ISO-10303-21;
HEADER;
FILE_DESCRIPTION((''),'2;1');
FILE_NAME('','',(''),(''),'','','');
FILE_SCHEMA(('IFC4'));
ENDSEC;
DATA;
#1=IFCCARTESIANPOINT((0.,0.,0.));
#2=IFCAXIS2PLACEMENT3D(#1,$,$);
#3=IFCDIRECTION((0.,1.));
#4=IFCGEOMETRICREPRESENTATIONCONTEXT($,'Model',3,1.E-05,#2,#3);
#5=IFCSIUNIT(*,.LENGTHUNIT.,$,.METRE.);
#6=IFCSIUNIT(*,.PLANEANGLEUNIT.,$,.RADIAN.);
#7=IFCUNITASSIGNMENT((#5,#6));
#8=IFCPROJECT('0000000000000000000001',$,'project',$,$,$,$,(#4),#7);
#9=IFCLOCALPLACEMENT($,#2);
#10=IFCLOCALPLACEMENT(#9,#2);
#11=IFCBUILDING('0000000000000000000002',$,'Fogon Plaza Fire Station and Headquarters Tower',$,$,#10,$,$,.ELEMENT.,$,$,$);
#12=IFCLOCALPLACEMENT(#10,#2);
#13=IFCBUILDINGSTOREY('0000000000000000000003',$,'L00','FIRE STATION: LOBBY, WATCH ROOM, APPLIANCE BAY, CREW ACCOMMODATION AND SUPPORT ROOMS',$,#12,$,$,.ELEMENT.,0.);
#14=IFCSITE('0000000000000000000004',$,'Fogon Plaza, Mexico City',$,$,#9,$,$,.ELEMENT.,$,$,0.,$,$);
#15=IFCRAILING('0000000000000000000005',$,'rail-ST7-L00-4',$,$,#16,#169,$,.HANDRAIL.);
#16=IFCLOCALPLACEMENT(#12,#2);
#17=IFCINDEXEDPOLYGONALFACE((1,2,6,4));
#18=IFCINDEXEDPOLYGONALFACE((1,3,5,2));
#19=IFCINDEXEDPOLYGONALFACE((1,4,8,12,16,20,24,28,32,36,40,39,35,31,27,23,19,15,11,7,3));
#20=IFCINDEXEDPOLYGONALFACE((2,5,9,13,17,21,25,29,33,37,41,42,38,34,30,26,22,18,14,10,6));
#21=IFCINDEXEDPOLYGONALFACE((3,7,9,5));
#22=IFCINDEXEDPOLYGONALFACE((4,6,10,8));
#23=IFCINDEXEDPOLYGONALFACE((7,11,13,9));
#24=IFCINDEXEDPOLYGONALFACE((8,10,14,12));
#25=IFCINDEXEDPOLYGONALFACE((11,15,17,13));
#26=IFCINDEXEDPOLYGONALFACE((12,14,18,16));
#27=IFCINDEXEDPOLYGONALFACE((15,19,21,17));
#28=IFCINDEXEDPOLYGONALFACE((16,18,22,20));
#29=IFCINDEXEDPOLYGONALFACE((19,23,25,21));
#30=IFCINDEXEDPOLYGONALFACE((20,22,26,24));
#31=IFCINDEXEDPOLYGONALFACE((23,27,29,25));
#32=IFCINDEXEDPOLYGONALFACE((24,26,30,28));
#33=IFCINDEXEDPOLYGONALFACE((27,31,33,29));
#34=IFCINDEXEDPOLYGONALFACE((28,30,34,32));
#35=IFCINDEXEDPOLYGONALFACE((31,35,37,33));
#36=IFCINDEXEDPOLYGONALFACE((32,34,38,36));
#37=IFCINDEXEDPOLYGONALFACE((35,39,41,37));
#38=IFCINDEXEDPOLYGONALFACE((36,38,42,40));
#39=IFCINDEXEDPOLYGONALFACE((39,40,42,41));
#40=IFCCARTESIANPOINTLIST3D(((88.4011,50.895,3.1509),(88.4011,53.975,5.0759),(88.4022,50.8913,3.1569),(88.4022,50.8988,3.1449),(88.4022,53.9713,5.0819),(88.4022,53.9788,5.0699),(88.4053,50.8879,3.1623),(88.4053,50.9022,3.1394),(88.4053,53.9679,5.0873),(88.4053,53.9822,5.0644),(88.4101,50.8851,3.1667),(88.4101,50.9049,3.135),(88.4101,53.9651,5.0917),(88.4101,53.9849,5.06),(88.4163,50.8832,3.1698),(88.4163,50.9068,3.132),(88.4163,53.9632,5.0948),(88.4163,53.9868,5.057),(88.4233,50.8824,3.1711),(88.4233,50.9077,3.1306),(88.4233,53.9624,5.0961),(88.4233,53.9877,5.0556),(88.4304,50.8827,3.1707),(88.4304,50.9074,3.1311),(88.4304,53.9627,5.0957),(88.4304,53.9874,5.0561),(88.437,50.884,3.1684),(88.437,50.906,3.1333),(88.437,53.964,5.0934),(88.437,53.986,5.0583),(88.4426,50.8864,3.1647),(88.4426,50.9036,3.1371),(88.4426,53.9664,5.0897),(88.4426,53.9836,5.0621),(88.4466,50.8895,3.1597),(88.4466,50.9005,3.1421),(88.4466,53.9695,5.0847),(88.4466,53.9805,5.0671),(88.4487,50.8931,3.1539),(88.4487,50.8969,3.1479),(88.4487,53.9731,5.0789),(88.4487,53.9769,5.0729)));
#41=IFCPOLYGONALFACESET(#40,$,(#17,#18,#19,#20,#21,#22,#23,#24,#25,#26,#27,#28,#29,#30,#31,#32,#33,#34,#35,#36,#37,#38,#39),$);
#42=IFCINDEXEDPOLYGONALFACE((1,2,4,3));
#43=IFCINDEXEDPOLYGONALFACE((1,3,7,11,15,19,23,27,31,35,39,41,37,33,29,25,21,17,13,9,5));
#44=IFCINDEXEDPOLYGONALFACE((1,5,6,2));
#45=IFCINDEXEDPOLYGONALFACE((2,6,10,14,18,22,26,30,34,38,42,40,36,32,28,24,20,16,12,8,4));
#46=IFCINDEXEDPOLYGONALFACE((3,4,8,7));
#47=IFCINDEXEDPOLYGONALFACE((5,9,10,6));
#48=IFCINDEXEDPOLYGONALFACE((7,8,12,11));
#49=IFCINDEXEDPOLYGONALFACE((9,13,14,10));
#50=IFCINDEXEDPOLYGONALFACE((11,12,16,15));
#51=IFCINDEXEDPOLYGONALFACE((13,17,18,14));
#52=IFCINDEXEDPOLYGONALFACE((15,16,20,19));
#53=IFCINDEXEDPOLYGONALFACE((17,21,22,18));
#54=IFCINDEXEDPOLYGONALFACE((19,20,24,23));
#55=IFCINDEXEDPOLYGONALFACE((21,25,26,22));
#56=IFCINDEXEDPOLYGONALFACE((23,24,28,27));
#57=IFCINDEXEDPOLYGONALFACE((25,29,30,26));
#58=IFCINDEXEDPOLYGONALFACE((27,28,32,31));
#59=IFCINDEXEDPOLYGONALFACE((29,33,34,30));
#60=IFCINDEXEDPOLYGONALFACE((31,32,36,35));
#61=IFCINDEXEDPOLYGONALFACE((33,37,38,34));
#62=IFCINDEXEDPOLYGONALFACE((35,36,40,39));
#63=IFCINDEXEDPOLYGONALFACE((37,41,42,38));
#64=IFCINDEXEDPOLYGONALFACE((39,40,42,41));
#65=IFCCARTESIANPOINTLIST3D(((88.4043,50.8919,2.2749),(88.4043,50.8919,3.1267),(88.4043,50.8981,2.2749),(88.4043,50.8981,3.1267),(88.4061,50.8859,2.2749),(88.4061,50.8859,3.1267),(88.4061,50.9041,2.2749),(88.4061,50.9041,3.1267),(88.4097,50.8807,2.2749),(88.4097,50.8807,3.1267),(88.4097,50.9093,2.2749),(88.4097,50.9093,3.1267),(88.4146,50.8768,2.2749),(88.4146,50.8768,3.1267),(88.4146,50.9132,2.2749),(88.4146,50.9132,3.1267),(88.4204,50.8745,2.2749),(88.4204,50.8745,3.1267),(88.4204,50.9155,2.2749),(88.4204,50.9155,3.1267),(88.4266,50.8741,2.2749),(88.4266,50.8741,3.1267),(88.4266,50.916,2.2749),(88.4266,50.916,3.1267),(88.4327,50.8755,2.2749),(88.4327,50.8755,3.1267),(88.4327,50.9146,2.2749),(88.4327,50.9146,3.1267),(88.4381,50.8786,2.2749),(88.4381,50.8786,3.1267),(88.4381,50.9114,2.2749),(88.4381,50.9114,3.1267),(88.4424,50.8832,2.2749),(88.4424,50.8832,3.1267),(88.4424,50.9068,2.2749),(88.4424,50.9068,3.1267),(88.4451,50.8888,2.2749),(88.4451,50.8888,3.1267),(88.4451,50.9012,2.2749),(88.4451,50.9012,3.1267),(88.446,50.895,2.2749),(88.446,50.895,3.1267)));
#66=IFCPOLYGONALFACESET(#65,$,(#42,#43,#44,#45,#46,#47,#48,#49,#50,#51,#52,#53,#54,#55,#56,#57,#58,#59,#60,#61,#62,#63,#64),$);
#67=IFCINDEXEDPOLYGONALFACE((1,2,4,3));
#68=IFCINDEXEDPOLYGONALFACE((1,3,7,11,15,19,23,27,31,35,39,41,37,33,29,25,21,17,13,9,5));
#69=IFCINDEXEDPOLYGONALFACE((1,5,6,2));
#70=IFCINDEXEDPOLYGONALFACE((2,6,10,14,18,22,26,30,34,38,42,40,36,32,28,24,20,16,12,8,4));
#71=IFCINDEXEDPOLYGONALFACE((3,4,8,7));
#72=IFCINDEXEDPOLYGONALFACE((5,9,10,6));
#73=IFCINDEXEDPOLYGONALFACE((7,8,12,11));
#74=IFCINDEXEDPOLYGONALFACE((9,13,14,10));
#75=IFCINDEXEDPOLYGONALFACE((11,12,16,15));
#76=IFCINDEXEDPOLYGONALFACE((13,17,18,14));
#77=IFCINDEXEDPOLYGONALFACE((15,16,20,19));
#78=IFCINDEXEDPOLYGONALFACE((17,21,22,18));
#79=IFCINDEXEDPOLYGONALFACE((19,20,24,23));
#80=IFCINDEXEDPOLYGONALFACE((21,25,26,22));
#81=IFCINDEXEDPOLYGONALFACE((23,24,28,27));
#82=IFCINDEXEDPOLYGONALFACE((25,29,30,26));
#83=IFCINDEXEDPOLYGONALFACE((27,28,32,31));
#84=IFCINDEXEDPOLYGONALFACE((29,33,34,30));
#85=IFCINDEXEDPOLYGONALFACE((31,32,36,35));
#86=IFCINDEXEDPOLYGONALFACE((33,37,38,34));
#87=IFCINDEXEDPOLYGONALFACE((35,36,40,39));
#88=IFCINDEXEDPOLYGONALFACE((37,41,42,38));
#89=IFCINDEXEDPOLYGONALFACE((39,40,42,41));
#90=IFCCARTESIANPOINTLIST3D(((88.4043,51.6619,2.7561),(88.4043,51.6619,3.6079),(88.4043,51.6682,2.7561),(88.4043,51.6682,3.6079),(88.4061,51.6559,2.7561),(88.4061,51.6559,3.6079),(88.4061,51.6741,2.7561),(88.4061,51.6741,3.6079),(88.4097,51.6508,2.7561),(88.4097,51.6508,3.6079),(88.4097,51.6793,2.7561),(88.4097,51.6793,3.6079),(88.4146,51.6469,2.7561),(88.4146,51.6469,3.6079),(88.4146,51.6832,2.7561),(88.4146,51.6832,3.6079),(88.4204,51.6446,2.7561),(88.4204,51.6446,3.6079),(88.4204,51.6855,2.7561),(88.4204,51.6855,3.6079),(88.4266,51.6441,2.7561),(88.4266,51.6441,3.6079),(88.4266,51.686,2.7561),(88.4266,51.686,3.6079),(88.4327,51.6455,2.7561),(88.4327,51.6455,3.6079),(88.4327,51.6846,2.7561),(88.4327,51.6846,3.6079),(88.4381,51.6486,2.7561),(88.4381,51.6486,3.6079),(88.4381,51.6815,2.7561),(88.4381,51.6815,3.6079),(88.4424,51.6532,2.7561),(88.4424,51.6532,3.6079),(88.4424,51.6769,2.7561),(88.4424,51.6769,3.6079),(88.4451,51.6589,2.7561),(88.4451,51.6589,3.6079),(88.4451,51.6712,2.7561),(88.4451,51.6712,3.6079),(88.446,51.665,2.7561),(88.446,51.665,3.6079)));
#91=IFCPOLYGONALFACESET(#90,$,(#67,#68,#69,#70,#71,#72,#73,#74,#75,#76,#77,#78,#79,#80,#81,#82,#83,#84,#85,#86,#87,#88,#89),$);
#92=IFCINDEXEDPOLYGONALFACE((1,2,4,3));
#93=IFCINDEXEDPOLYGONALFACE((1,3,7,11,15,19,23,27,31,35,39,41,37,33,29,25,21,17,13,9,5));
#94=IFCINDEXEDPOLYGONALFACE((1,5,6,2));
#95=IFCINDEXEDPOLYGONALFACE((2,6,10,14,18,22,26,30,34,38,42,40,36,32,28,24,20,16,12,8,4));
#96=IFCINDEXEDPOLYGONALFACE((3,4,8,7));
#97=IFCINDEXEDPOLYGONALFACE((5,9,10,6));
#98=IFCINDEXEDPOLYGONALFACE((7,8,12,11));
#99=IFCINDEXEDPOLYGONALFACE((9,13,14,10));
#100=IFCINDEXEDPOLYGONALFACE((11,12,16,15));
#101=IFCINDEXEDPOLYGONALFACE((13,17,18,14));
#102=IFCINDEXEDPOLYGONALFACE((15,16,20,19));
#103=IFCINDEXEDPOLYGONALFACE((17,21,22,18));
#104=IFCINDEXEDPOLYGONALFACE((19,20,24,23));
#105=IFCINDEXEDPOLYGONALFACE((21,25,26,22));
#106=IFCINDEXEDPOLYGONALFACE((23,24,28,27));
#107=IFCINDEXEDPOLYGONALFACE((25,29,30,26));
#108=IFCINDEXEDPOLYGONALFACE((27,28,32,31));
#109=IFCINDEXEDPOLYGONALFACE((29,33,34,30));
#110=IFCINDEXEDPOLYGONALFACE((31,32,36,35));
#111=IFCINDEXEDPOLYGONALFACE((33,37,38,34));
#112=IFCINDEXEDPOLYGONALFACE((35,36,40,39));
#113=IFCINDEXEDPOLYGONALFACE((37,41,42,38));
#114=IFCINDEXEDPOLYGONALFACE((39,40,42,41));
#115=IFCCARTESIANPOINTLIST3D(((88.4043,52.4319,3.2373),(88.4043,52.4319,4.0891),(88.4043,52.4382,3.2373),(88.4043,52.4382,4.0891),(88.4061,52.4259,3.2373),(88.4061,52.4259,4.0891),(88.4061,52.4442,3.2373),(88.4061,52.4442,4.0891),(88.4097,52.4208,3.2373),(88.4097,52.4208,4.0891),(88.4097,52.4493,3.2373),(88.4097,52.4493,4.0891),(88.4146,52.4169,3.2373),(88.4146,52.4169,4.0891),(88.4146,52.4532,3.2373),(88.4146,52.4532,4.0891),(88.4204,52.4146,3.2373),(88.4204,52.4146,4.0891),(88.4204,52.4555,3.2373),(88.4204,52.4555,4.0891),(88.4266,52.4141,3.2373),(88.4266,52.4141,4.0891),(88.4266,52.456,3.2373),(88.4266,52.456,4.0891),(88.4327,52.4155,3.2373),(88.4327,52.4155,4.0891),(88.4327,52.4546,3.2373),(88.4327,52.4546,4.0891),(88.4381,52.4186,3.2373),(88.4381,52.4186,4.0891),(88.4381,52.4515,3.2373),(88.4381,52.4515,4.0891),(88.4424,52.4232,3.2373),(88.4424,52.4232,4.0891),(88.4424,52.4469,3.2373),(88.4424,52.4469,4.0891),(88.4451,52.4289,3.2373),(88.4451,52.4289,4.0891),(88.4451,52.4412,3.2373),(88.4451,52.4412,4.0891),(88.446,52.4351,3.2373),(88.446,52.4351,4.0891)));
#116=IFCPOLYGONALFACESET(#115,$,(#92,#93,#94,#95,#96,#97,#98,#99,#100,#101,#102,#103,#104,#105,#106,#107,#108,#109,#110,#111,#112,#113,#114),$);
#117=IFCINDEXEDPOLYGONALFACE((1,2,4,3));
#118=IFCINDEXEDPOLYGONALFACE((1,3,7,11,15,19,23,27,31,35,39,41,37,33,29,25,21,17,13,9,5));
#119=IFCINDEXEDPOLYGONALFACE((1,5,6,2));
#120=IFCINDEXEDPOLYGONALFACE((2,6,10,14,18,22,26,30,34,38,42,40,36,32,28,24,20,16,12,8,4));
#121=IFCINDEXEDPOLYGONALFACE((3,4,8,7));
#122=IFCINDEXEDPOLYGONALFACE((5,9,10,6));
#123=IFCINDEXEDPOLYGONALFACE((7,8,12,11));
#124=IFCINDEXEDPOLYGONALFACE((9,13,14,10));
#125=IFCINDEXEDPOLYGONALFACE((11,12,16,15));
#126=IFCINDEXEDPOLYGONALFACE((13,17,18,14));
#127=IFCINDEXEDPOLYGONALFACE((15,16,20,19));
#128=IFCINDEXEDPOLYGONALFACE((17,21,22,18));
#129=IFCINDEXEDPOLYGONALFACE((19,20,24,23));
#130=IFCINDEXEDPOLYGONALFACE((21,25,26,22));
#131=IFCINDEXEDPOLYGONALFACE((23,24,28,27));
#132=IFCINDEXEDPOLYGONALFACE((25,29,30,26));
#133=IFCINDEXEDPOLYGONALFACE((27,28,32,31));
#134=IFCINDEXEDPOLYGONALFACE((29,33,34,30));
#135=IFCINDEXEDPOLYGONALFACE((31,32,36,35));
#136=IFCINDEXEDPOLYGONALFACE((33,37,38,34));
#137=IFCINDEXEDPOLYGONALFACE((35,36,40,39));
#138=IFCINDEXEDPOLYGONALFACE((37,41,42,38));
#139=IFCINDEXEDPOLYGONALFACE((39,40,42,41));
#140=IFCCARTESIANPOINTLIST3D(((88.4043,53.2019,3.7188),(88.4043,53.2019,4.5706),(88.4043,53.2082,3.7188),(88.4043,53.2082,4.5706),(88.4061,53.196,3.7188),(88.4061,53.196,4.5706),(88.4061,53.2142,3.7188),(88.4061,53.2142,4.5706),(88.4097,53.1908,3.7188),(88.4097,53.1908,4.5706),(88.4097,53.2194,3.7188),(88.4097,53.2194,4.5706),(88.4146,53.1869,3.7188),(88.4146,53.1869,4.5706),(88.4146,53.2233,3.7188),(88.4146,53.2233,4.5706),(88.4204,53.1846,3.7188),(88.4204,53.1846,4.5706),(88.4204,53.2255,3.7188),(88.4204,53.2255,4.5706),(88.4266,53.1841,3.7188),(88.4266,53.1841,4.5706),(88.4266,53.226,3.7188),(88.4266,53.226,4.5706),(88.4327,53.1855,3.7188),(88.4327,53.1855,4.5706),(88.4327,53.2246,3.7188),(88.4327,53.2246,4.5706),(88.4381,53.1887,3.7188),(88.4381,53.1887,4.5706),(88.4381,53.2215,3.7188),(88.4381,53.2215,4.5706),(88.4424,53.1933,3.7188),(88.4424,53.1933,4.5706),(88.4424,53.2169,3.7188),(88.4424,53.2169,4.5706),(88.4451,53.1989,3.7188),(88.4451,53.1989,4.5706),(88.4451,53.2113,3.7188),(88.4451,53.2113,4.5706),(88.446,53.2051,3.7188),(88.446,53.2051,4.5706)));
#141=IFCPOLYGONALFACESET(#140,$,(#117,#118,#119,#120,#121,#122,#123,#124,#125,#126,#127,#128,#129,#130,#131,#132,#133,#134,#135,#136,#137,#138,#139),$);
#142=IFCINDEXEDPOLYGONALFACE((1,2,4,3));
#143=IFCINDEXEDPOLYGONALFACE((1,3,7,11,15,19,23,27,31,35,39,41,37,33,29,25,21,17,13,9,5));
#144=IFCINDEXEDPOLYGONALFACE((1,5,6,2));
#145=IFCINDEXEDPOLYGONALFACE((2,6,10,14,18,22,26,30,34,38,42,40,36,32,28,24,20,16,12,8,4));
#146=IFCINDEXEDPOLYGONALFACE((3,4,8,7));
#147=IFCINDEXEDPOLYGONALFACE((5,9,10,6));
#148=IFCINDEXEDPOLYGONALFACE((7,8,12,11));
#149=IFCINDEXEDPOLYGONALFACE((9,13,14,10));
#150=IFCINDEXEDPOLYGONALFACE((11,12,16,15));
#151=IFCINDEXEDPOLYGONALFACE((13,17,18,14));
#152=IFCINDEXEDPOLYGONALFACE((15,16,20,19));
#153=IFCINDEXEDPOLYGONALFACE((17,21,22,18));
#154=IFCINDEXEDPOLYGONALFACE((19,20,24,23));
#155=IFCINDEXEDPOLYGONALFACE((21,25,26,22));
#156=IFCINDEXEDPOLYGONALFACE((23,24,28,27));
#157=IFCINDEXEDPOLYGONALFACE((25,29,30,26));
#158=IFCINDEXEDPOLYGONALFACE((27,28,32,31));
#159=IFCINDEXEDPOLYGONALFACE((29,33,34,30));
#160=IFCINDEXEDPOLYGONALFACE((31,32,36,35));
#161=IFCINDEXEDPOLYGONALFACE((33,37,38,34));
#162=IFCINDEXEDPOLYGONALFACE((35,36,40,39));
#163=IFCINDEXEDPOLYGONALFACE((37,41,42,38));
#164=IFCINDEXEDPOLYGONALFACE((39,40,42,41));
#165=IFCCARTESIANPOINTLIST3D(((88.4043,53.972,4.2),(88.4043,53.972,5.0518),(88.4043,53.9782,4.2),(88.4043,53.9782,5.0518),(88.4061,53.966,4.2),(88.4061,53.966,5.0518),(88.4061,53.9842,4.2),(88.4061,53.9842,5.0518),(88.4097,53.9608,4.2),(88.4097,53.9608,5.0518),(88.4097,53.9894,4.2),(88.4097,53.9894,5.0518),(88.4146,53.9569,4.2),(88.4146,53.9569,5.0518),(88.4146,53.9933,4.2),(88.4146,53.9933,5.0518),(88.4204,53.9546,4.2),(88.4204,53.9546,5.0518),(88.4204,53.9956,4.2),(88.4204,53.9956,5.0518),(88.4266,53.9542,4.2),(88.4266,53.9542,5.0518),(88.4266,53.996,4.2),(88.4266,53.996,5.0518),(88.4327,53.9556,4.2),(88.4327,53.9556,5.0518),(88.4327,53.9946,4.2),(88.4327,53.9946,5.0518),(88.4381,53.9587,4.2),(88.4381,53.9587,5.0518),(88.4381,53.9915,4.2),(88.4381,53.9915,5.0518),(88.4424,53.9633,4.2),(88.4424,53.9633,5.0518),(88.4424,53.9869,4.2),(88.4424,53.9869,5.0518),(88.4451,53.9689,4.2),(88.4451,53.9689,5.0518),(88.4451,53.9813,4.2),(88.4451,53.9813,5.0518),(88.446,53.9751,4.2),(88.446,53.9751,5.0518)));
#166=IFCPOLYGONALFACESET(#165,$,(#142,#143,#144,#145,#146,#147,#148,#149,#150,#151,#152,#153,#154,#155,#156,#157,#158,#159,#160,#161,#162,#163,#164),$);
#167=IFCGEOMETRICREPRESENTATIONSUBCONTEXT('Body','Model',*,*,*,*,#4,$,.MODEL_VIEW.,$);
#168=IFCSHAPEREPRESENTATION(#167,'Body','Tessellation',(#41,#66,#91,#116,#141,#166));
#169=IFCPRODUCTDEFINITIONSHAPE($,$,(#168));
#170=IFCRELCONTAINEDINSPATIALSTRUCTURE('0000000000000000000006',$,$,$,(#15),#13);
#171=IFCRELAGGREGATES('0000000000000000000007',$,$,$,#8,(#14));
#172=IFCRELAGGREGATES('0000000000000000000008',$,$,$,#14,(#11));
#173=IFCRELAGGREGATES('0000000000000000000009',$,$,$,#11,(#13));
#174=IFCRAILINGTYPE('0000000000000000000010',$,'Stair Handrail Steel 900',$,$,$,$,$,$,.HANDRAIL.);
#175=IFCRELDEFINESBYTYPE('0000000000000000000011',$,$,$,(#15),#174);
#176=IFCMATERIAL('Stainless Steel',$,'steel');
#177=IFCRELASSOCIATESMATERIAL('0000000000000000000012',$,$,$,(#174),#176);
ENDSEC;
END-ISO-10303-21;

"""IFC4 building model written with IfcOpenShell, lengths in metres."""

from ifc_helpers import new_model, si_unit, direction, frame, origin, origin_2d, place, context, subcontext, project, spatial, circle, extrude, material, type_object, element, save


model = new_model("IFC4")

# Units and contexts
model_context = context("Model", 3, precision=1e-05, world=origin(), true_north=direction((0.0, 1.0)))
body_context = subcontext(model_context, "Body", "Model", "MODEL_VIEW")
ifc_project = project(units=[si_unit("LENGTHUNIT", "METRE"), si_unit("PLANEANGLEUNIT", "RADIAN")], contexts=[model_context])

# Site, building, storey
site_placement = place(None, origin())
site = spatial("IfcSite", under=ifc_project, at=site_placement, Name="Fogon Plaza, Mexico City", CompositionType="ELEMENT", RefElevation=0.0)
building_placement = place(site_placement, origin())
building = spatial("IfcBuilding", under=site, at=building_placement, Name="Fogon Plaza Fire Station and Headquarters Tower", CompositionType="ELEMENT")
storey_placement = place(building_placement, origin())
storey = spatial("IfcBuildingStorey", under=building, at=storey_placement, Name="L00", Description="FIRE STATION: LOBBY, WATCH ROOM, APPLIANCE BAY, CREW ACCOMMODATION AND SUPPORT ROOMS", CompositionType="ELEMENT", Elevation=0.0)

# Railing
ifc_material_1 = material(Name="Stainless Steel", Category="steel")
railing_type = type_object("IfcRailingType", Name="Stair Handrail Steel 900", PredefinedType="HANDRAIL", material=ifc_material_1)
for number, where, name in (
    (1, (88.425, 50.895, 2.2749), "rail-ST7-L00-4"),
):
    element("IfcRailing", number, at=place(storey_placement, frame(where)), inside=storey, type_object=railing_type, Name=name, PredefinedType="HANDRAIL", context=body_context, shape_type="SweptSolid", body=[
        extrude(circle(Radius=0.0239, at=origin_2d()), frame((0.0, 0.0, 0.876), z_axis=(0.0, 0.847998, 0.529999), x_axis=(-1.0, 0.0, 0.0)), (0.0, 0.0, 1.0), 3.6321),
        extrude(circle(Radius=0.021, at=origin_2d()), origin(), (0.0, 0.0, 1.0), 0.8518),
        extrude(circle(Radius=0.021, at=origin_2d()), frame((0.0, 0.77, 0.4812)), (0.0, 0.0, 1.0), 0.8518),
        extrude(circle(Radius=0.021, at=origin_2d()), frame((0.0, 1.54, 0.9624)), (0.0, 0.0, 1.0), 0.8518),
        extrude(circle(Radius=0.021, at=origin_2d()), frame((0.0, 2.3101, 1.4438)), (0.0, 0.0, 1.0), 0.8518),
        extrude(circle(Radius=0.021, at=origin_2d()), frame((0.0, 3.0801, 1.925)), (0.0, 0.0, 1.0), 0.8518),
    ])

save(model, "model.ifc")
